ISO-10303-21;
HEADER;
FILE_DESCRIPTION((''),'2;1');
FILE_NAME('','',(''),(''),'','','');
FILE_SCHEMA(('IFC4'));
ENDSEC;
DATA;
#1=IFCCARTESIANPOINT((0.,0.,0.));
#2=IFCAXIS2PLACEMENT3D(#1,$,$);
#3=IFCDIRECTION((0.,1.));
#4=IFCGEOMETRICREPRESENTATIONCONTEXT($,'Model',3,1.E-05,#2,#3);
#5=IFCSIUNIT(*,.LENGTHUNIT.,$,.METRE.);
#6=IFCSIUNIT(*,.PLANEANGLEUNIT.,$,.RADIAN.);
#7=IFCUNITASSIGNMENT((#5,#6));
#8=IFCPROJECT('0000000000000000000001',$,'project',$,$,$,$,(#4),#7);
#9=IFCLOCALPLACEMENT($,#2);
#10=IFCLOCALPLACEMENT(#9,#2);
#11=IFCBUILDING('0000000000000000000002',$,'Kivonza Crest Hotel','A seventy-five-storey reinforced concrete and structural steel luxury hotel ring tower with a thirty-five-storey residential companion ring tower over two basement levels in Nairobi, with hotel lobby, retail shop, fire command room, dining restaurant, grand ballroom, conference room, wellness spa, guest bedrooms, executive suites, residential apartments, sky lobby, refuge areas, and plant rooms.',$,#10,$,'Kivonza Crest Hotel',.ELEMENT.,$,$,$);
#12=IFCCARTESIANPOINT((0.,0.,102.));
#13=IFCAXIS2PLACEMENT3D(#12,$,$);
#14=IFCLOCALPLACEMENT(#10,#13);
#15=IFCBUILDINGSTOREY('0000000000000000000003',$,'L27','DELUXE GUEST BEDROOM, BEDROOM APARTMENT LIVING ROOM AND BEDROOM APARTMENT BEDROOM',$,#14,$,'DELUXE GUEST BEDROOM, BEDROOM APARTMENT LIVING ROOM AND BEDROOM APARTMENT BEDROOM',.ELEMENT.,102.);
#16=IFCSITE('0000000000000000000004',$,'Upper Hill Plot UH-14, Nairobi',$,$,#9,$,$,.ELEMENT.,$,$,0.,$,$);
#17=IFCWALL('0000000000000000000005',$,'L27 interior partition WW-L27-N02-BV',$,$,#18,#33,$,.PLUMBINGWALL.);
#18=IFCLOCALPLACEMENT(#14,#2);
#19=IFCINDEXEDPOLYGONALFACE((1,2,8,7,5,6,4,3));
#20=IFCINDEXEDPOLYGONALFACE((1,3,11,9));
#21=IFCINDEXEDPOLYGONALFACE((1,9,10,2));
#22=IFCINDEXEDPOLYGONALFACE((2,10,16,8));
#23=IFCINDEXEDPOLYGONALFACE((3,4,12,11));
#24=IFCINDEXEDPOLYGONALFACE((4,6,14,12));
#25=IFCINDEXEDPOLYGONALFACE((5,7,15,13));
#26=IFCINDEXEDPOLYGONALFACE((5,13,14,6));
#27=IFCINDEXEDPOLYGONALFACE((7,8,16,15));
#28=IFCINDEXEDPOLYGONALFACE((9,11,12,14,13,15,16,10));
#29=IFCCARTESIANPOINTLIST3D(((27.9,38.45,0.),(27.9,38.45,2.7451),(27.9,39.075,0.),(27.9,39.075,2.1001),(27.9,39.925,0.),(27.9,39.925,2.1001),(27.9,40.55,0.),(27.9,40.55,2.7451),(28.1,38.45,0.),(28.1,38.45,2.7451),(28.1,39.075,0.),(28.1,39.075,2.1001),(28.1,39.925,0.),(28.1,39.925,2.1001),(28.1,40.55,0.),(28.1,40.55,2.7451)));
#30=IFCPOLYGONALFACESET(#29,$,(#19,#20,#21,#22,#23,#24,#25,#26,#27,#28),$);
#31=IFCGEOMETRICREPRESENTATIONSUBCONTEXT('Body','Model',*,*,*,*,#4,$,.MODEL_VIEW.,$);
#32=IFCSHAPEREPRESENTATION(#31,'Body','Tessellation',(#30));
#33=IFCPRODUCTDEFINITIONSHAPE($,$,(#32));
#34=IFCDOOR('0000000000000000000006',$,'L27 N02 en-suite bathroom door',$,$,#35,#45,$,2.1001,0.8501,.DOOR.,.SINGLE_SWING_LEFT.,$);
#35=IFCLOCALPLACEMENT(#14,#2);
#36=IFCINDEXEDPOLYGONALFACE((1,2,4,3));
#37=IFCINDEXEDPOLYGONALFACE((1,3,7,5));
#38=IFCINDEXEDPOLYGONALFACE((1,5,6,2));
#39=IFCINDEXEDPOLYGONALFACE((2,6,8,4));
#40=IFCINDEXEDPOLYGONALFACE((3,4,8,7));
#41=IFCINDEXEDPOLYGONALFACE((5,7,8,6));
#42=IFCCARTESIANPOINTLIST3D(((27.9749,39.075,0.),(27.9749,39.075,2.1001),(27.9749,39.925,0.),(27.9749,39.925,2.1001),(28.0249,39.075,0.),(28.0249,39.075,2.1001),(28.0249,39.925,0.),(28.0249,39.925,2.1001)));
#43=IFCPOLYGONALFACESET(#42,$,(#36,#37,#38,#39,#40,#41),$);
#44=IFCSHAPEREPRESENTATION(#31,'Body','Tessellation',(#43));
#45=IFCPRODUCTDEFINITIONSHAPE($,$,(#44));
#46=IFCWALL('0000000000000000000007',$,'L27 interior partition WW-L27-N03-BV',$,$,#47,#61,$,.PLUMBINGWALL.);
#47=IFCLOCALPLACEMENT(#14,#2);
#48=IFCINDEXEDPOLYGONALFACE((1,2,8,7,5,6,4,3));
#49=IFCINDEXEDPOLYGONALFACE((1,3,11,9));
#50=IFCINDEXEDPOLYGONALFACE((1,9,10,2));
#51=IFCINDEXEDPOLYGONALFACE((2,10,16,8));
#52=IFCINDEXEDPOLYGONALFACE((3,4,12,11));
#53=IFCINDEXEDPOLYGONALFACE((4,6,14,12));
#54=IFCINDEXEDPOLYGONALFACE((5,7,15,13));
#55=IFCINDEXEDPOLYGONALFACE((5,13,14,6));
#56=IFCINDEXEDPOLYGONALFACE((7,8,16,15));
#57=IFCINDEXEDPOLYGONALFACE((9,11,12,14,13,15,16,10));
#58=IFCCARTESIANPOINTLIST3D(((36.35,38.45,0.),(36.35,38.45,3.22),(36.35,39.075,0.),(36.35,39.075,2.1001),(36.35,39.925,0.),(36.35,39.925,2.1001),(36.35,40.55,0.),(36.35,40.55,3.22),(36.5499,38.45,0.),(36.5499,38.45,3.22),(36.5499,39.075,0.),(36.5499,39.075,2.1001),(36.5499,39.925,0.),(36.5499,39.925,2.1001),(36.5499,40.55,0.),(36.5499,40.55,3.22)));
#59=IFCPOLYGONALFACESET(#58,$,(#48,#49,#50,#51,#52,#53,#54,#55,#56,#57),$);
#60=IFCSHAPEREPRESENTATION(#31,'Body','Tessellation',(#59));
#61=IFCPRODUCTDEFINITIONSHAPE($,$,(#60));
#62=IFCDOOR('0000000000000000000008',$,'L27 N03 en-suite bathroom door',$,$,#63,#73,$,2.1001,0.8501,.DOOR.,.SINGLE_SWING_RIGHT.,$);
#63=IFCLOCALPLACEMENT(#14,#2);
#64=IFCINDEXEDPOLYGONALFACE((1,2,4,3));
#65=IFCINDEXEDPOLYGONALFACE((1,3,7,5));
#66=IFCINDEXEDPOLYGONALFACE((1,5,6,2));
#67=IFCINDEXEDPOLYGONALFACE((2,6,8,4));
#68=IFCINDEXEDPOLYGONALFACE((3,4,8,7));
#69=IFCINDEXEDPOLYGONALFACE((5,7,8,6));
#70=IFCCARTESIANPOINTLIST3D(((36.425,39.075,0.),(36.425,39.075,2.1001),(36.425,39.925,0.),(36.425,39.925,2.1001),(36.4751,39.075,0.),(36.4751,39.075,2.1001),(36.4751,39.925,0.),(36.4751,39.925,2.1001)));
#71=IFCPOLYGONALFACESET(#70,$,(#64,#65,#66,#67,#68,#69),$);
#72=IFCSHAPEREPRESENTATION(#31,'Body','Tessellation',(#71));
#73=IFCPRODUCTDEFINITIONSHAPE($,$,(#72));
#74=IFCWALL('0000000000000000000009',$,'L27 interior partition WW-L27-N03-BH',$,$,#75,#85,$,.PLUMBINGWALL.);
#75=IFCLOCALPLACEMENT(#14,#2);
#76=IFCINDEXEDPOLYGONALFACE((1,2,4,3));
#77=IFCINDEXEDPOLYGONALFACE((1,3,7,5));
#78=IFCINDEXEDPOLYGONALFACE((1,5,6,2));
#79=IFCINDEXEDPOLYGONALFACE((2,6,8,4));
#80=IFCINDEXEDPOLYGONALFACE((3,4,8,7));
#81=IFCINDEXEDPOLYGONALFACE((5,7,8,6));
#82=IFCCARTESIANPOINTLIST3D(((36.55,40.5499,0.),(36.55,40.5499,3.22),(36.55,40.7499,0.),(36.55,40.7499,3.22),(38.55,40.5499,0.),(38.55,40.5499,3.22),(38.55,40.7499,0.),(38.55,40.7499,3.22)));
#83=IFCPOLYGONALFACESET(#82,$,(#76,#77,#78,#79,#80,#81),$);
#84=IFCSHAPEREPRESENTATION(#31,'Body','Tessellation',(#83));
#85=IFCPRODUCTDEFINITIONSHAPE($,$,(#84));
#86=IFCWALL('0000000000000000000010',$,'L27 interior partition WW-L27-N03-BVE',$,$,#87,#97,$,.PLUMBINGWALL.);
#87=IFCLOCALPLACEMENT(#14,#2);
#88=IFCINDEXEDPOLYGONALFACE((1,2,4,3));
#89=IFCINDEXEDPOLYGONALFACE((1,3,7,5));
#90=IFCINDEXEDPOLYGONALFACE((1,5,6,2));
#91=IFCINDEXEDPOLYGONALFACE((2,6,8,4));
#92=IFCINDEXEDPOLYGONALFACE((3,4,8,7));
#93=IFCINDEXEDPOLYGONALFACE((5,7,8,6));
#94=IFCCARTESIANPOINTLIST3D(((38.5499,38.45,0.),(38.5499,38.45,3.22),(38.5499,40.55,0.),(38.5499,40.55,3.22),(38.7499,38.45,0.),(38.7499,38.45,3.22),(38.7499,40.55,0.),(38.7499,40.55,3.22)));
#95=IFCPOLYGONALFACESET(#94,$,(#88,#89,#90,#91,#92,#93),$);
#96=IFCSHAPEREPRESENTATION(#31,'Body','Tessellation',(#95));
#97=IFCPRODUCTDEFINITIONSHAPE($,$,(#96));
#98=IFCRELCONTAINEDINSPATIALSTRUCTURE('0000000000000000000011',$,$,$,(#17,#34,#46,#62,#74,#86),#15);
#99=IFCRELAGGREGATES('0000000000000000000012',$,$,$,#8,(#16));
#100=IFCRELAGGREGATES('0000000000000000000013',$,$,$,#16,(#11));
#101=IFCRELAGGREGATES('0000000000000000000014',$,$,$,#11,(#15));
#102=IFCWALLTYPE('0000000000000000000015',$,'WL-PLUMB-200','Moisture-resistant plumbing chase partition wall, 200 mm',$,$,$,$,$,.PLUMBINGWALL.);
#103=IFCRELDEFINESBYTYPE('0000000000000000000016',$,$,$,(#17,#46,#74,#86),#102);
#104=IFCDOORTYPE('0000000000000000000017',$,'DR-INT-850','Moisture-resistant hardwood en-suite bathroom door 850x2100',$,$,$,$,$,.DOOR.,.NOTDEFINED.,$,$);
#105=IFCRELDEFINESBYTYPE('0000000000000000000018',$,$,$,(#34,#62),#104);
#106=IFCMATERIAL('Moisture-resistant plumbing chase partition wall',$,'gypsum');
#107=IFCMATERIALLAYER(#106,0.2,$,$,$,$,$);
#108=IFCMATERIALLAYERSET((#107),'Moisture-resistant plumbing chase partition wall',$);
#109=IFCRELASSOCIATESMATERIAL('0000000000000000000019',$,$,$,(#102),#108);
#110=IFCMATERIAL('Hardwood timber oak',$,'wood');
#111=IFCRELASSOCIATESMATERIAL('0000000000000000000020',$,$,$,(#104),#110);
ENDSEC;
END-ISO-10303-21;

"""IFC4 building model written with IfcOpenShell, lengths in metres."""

from ifc_helpers import new_model, si_unit, direction, frame, frame_2d, origin, place, context, subcontext, project, spatial, rectangle, extrude, material, layer, layer_set, type_object, element, fill, save


model = new_model("IFC4")

# Units and contexts
model_context = context("Model", 3, precision=1e-05, world=origin(), true_north=direction((0.0, 1.0)))
body_context = subcontext(model_context, "Body", "Model", "MODEL_VIEW")
ifc_project = project(units=[si_unit("LENGTHUNIT", "METRE"), si_unit("PLANEANGLEUNIT", "RADIAN")], contexts=[model_context])

# Site, building, storey
site_placement = place(None, origin())
site = spatial("IfcSite", under=ifc_project, at=site_placement, Name="Upper Hill Plot UH-14, Nairobi", CompositionType="ELEMENT", RefElevation=0.0)
building_placement = place(site_placement, origin())
building = spatial("IfcBuilding", under=site, at=building_placement, Name="Kivonza Crest Hotel", Description="A seventy-five-storey reinforced concrete and structural steel luxury hotel ring tower with a thirty-five-storey residential companion ring tower over two basement levels in Nairobi, with hotel lobby, retail shop, fire command room, dining restaurant, grand ballroom, conference room, wellness spa, guest bedrooms, executive suites, residential apartments, sky lobby, refuge areas, and plant rooms.", LongName="Kivonza Crest Hotel", CompositionType="ELEMENT")
storey_placement = place(building_placement, frame((0.0, 0.0, 102.0)))
storey = spatial("IfcBuildingStorey", under=building, at=storey_placement, Name="L27", Description="DELUXE GUEST BEDROOM, BEDROOM APARTMENT LIVING ROOM AND BEDROOM APARTMENT BEDROOM", LongName="DELUXE GUEST BEDROOM, BEDROOM APARTMENT LIVING ROOM AND BEDROOM APARTMENT BEDROOM", CompositionType="ELEMENT", Elevation=102.0)

# Shared definitions
ifc_material_1 = material(Name="Hardwood timber oak", Category="wood")

# Walls, openings, doors
ifc_material_2 = material(Name="Moisture-resistant plumbing chase partition wall", Category="gypsum")
ifc_layer_1 = layer(ifc_material_2, 0.2)
ifc_layer_set_1 = layer_set([ifc_layer_1], Name="Moisture-resistant plumbing chase partition wall")
wall_type_1 = type_object("IfcWallType", Name="WL-PLUMB-200", Description="Moisture-resistant plumbing chase partition wall, 200 mm", PredefinedType="PLUMBINGWALL", material=ifc_layer_set_1)
wall_1_placement = place(storey_placement, frame((28.0, 38.45, 0.0), z_axis=(0.0, 0.0, 1.0), x_axis=(0.0, 1.0, 0.0)))
wall_1 = element("IfcWall", 1, at=wall_1_placement, inside=storey, type_object=wall_type_1, Name="L27 interior partition WW-L27-N02-BV", PredefinedType="PLUMBINGWALL", context=body_context, shape_type="SweptSolid", body=[
    extrude(rectangle(XDim=2.1001, YDim=0.2, at=frame_2d((1.05, 0.0))), origin(), (0.0, 0.0, 1.0), 2.7451),
])
opening_1_placement = place(wall_1_placement, frame((0.625, 0.0, 0.0)))
opening_1 = element("IfcOpeningElement", 2, at=opening_1_placement, cuts=wall_1, PredefinedType="OPENING", context=body_context, shape_type="SweptSolid", body=[
    extrude(rectangle(XDim=0.8501, YDim=2.1001, at=frame_2d((0.425, 1.05))), frame((0.0, 0.1099, 0.0), z_axis=(0.0, -1.0, 0.0), x_axis=(1.0, 0.0, 0.0)), (0.0, 0.0, 1.0), 0.22),
])
door_type_1 = type_object("IfcDoorType", Name="DR-INT-850", Description="Moisture-resistant hardwood en-suite bathroom door 850x2100", OperationType="NOTDEFINED", PredefinedType="DOOR", material=ifc_material_1)
door_1_placement = place(opening_1_placement, frame((0.8501, 0.0, 0.0), z_axis=(0.0, 0.0, 1.0), x_axis=(-1.0, 0.0, 0.0)))
door_1 = element("IfcDoor", 3, at=door_1_placement, inside=storey, type_object=door_type_1, Name="L27 N02 en-suite bathroom door", OperationType="SINGLE_SWING_LEFT", OverallHeight=2.1001, OverallWidth=0.8501, PredefinedType="DOOR", context=body_context, shape_type="SweptSolid", body=[
    extrude(rectangle(XDim=0.8501, YDim=2.1001, at=frame_2d((0.425, 1.05))), frame((0.0, 0.0249, 0.0), z_axis=(0.0, -1.0, 0.0), x_axis=(1.0, 0.0, 0.0)), (0.0, 0.0, 1.0), 0.05),
])
fill(opening_1, door_1)
wall_2_placement = place(storey_placement, frame((36.45, 38.45, 0.0), z_axis=(0.0, 0.0, 1.0), x_axis=(0.0, 1.0, 0.0)))
wall_2 = element("IfcWall", 4, at=wall_2_placement, inside=storey, type_object=wall_type_1, Name="L27 interior partition WW-L27-N03-BV", PredefinedType="PLUMBINGWALL", context=body_context, shape_type="SweptSolid", body=[
    extrude(rectangle(XDim=2.1001, YDim=0.2, at=frame_2d((1.05, 0.0))), origin(), (0.0, 0.0, 1.0), 3.22),
])
opening_2_placement = place(wall_2_placement, frame((0.625, 0.0, 0.0)))
opening_2 = element("IfcOpeningElement", 5, at=opening_2_placement, cuts=wall_2, PredefinedType="OPENING", context=body_context, shape_type="SweptSolid", body=[
    extrude(rectangle(XDim=0.8501, YDim=2.1001, at=frame_2d((0.425, 1.05))), frame((0.0, 0.1099, 0.0), z_axis=(0.0, -1.0, 0.0), x_axis=(1.0, 0.0, 0.0)), (0.0, 0.0, 1.0), 0.22),
])
door_2_placement = place(opening_2_placement, origin())
door_2 = element("IfcDoor", 6, at=door_2_placement, inside=storey, type_object=door_type_1, Name="L27 N03 en-suite bathroom door", OperationType="SINGLE_SWING_RIGHT", OverallHeight=2.1001, OverallWidth=0.8501, PredefinedType="DOOR", context=body_context, shape_type="SweptSolid", body=[
    extrude(rectangle(XDim=0.8501, YDim=2.1001, at=frame_2d((0.425, 1.05))), frame((0.0, 0.0249, 0.0), z_axis=(0.0, -1.0, 0.0), x_axis=(1.0, 0.0, 0.0)), (0.0, 0.0, 1.0), 0.05),
])
fill(opening_2, door_2)

# Walls
wall_3_placement = place(storey_placement, frame((36.55, 40.6499, 0.0), z_axis=(0.0, 0.0, 1.0), x_axis=(1.0, 0.0, 0.0)))
element("IfcWall", 7, at=wall_3_placement, inside=storey, type_object=wall_type_1, Name="L27 interior partition WW-L27-N03-BH", PredefinedType="PLUMBINGWALL", context=body_context, shape_type="SweptSolid", body=[
    extrude(rectangle(XDim=2.0, YDim=0.2, at=frame_2d((1.0, 0.0))), origin(), (0.0, 0.0, 1.0), 3.22),
])
wall_4_placement = place(storey_placement, frame((38.6499, 38.45, 0.0), z_axis=(0.0, 0.0, 1.0), x_axis=(0.0, 1.0, 0.0)))
element("IfcWall", 8, at=wall_4_placement, inside=storey, type_object=wall_type_1, Name="L27 interior partition WW-L27-N03-BVE", PredefinedType="PLUMBINGWALL", context=body_context, shape_type="SweptSolid", body=[
    extrude(rectangle(XDim=2.1001, YDim=0.2, at=frame_2d((1.05, 0.0))), origin(), (0.0, 0.0, 1.0), 3.22),
])

save(model, "model.ifc")
